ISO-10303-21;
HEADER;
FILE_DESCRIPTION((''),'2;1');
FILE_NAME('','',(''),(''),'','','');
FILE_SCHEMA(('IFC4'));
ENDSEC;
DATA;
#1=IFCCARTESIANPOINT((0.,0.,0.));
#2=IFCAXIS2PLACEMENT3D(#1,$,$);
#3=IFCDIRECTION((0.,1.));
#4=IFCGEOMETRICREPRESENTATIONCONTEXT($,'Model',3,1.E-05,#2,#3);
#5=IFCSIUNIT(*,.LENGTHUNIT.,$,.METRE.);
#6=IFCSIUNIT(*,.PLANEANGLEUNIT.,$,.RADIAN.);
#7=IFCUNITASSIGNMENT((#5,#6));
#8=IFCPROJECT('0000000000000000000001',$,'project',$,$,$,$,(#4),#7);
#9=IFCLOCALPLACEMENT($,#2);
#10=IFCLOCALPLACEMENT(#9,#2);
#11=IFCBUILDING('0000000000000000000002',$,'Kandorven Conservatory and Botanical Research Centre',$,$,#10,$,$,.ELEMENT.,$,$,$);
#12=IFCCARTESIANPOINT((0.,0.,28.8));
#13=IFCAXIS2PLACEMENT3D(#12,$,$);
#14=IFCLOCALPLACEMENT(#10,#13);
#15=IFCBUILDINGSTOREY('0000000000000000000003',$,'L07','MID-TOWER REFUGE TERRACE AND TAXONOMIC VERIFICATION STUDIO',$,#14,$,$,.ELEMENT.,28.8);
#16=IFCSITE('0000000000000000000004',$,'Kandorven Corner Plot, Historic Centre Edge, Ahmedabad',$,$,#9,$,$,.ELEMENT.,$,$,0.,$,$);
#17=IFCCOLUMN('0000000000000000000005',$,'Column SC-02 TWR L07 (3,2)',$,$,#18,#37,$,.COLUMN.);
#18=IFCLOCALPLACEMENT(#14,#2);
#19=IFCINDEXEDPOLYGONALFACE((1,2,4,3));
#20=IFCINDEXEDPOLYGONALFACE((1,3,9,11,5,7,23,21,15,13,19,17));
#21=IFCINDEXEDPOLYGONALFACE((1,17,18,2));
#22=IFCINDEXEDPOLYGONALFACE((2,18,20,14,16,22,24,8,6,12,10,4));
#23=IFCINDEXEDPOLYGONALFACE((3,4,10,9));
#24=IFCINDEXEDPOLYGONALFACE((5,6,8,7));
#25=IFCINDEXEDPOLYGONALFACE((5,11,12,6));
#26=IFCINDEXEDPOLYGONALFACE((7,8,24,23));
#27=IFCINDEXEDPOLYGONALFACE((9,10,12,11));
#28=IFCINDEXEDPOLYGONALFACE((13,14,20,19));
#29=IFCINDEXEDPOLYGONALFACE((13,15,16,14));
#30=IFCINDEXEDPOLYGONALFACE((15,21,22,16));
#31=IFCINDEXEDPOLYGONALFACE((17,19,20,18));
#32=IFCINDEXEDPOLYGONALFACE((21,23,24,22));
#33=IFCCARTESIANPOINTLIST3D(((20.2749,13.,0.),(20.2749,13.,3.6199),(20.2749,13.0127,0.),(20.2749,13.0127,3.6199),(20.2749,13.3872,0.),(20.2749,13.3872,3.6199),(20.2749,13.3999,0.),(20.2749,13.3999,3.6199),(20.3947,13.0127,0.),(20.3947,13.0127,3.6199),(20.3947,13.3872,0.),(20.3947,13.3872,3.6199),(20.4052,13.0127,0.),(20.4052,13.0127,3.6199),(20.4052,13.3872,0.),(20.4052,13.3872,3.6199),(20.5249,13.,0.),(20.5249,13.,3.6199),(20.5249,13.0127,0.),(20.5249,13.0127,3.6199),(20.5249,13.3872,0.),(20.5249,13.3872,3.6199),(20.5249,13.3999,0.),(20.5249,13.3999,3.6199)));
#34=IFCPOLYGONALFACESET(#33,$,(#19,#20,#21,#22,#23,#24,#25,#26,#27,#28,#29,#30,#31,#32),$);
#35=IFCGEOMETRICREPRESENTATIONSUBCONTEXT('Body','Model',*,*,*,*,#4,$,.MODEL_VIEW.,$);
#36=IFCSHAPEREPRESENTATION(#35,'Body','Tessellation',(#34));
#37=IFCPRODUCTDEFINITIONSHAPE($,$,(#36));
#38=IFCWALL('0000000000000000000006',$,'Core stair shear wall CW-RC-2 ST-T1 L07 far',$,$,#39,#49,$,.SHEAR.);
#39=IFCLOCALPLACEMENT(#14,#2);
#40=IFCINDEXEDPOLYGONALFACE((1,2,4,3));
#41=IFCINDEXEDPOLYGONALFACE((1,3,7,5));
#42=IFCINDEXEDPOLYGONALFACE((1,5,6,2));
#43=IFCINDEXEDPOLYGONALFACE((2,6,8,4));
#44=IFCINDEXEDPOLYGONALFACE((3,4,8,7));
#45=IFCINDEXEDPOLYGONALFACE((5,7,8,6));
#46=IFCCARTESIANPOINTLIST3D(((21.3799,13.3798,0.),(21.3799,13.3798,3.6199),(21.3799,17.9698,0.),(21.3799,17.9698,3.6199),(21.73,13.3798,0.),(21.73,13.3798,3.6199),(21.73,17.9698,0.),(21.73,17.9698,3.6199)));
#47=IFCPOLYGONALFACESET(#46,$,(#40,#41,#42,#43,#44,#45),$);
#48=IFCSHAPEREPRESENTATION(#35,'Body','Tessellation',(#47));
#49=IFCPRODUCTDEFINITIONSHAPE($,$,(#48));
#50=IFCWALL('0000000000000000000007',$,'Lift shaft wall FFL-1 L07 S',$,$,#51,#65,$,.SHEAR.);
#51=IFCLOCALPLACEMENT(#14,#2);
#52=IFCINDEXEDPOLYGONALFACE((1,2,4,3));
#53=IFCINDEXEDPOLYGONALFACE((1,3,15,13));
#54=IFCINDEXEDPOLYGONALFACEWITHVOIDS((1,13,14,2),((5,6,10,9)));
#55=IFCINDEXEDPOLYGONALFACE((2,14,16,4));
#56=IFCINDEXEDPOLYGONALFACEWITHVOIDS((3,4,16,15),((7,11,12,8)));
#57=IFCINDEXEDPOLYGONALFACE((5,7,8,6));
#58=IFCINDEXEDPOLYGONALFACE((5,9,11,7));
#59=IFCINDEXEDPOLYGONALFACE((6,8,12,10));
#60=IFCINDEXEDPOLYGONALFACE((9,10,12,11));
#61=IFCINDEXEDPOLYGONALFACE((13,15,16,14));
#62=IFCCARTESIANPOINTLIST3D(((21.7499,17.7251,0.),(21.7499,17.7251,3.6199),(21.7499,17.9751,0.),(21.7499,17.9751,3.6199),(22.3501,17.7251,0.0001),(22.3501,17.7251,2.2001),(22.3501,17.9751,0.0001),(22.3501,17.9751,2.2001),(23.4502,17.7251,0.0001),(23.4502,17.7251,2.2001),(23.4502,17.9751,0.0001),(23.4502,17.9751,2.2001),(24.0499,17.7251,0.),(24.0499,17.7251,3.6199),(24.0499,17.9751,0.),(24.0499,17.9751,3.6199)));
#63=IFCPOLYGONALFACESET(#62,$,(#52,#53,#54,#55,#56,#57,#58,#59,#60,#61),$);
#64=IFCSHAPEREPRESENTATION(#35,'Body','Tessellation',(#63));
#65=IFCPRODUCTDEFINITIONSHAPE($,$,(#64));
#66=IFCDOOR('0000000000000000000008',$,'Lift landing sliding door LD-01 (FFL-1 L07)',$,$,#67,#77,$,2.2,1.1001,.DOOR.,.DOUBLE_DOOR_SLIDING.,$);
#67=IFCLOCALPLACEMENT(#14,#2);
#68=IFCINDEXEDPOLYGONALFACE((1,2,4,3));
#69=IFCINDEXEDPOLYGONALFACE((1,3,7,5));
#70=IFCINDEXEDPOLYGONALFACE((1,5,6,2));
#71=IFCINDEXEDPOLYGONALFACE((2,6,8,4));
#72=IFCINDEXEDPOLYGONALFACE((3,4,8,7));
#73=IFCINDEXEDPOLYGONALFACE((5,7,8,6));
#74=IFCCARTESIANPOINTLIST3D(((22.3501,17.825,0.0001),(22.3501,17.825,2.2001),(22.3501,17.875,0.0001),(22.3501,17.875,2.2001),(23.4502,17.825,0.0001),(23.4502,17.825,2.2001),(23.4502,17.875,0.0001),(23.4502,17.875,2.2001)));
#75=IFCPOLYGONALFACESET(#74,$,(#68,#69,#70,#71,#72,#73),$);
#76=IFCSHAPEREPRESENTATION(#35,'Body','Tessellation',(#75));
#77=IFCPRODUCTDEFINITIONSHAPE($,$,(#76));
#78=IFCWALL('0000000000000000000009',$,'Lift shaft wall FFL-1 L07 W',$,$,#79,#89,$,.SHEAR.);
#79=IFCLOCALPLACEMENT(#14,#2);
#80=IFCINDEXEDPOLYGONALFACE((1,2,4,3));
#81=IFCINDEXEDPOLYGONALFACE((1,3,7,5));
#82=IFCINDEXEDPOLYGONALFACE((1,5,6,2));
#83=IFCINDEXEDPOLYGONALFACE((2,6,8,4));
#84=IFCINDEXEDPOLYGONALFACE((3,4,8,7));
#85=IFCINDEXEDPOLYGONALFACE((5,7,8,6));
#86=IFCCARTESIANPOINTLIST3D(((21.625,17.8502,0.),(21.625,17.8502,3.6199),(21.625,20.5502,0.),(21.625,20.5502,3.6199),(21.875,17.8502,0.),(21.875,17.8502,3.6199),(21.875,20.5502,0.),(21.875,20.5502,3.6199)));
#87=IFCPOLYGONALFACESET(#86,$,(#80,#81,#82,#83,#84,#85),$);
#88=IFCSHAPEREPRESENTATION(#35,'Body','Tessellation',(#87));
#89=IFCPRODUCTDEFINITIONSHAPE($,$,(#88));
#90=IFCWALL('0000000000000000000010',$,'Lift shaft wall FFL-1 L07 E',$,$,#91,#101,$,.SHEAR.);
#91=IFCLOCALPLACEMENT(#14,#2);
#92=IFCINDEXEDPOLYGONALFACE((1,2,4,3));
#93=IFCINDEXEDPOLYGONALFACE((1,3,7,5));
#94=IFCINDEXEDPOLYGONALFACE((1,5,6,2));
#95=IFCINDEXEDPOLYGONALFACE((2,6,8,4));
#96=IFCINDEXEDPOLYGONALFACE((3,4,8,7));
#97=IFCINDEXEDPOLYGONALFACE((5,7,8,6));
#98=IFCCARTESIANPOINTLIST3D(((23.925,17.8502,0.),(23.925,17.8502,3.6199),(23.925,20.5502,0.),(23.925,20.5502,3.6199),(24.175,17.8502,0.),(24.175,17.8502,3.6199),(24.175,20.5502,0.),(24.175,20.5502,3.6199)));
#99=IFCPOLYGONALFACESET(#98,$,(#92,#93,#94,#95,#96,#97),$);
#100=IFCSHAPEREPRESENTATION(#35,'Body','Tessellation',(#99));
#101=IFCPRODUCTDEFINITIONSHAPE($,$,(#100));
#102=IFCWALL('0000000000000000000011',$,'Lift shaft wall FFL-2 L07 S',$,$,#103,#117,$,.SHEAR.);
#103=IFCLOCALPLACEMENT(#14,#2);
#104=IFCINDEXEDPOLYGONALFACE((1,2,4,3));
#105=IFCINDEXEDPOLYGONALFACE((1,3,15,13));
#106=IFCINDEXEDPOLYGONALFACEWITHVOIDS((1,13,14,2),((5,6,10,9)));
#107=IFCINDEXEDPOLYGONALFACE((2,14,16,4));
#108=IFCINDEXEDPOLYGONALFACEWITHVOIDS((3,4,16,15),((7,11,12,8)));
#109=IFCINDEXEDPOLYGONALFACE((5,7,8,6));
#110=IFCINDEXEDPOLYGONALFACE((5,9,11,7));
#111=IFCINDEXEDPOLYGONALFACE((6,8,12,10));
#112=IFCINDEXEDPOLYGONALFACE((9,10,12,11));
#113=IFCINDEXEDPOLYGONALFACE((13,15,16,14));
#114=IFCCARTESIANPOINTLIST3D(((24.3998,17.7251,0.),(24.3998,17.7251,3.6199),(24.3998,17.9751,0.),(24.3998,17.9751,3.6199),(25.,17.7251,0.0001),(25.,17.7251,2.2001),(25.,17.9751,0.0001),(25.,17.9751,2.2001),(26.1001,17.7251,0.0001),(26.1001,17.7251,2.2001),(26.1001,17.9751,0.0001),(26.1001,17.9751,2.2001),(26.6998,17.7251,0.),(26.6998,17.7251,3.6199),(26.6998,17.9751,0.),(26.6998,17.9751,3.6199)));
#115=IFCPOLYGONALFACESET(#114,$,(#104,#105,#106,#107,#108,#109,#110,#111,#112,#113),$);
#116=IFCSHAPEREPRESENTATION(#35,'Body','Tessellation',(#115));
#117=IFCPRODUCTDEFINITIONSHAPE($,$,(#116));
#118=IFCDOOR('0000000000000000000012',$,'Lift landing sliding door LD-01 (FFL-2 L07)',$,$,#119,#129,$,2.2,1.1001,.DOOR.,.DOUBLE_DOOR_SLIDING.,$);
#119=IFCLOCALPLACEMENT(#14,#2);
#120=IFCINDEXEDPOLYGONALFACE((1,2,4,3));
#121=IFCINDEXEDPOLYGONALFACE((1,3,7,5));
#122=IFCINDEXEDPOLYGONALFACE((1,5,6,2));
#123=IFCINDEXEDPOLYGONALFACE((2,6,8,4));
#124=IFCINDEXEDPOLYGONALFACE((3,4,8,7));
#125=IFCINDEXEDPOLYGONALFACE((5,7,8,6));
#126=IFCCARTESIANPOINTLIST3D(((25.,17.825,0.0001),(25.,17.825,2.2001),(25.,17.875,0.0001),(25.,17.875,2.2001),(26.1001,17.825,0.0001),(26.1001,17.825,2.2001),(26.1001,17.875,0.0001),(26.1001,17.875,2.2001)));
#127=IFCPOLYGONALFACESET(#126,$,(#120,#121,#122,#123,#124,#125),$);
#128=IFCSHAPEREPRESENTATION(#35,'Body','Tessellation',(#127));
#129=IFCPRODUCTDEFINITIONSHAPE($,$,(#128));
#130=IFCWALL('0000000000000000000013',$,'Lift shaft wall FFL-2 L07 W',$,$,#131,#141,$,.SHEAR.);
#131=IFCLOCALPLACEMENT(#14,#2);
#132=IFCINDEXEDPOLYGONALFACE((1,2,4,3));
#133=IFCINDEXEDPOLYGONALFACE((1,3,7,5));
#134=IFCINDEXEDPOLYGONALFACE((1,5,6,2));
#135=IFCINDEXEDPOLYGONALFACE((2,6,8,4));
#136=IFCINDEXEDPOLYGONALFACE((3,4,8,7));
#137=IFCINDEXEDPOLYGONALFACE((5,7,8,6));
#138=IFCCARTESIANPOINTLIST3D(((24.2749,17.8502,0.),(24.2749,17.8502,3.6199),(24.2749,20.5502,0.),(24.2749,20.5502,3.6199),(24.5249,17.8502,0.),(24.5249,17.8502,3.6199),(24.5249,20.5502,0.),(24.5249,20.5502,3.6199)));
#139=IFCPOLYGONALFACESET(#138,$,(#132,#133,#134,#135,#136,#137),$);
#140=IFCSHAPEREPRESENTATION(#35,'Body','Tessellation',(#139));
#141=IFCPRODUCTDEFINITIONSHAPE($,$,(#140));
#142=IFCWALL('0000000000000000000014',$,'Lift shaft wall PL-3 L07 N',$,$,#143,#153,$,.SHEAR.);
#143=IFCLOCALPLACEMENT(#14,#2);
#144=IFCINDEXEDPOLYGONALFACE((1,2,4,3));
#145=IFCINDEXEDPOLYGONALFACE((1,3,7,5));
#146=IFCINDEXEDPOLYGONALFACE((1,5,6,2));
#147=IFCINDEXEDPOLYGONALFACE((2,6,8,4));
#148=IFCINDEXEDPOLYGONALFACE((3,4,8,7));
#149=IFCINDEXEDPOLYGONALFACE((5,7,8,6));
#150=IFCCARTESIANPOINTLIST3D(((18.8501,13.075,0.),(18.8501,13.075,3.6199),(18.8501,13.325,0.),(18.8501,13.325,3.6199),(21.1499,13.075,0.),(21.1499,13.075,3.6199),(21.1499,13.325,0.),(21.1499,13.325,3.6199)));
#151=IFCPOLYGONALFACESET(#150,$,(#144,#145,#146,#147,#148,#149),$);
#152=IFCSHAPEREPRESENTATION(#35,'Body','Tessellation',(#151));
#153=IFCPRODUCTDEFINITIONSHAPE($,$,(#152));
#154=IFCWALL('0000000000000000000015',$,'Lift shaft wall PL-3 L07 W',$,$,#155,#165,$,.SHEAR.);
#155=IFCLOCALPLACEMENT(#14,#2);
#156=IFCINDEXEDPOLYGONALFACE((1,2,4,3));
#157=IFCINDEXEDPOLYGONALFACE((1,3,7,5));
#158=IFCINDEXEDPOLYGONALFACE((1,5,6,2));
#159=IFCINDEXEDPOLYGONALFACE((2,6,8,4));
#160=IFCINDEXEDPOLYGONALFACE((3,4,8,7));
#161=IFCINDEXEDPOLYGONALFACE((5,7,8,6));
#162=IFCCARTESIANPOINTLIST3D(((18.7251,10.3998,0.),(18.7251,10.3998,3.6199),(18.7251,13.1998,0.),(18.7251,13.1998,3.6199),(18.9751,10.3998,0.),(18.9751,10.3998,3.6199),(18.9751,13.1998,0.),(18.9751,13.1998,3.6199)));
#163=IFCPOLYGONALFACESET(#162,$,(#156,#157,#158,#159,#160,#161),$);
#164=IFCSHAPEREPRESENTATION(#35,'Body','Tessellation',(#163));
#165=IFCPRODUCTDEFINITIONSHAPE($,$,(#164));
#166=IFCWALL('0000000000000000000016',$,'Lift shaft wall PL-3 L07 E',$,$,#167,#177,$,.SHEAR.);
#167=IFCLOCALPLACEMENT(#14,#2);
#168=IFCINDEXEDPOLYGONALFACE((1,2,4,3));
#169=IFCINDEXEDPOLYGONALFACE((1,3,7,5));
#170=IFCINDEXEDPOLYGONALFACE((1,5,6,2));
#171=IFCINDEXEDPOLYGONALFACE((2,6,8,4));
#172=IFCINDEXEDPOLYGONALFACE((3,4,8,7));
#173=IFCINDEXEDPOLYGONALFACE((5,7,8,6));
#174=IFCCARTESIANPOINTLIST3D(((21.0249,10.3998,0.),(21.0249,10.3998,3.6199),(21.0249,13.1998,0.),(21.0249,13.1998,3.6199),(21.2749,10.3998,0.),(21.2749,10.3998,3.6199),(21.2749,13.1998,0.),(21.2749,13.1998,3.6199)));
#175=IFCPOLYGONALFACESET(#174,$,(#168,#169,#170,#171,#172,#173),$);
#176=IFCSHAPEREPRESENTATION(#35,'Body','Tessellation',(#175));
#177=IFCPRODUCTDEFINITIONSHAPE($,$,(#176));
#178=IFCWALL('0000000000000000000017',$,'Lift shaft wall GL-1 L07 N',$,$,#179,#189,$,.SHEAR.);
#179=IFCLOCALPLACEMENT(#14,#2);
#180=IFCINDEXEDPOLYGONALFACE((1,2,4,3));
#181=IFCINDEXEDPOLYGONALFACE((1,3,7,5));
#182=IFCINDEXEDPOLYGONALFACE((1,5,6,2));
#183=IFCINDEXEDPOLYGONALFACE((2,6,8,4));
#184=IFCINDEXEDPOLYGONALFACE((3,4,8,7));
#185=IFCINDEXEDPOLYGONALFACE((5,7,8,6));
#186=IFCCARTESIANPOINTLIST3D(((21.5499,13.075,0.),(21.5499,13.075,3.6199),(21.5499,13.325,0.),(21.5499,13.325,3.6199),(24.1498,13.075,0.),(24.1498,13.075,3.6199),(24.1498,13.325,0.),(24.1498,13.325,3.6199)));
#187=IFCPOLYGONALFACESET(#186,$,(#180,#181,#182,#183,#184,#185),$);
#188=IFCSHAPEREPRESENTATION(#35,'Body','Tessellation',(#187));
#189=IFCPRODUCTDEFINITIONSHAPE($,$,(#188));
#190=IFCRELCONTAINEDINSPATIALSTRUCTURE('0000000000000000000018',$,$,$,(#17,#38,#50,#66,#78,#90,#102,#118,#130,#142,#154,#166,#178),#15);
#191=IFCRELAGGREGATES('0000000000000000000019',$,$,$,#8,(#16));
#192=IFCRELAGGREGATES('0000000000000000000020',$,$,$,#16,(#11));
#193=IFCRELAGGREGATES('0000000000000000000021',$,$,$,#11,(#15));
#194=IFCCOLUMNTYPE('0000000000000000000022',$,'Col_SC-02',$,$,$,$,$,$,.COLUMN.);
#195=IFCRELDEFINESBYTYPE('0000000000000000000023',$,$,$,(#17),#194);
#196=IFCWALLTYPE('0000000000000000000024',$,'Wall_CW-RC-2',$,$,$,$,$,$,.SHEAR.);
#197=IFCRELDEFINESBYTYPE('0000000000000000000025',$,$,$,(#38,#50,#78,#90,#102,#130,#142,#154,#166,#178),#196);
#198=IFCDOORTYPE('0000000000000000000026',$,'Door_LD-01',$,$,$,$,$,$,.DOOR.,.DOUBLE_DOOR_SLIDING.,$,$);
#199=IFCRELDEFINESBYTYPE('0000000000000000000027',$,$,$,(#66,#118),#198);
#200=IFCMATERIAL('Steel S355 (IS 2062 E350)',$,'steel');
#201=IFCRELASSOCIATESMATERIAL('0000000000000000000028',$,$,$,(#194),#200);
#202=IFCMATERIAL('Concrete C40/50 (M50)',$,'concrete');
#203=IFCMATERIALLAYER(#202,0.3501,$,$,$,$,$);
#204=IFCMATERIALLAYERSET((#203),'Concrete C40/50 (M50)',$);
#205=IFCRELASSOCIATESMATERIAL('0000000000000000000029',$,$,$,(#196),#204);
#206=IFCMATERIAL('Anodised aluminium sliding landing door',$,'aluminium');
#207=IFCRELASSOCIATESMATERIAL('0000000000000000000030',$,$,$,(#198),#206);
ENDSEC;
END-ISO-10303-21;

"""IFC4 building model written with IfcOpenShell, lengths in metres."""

from ifc_helpers import new_model, si_unit, direction, frame, frame_2d, origin, origin_2d, place, context, subcontext, project, spatial, rectangle, i_section, extrude, material, layer, layer_set, material_profile, profile_set, type_object, element, fill, save


model = new_model("IFC4")

# Units and contexts
model_context = context("Model", 3, precision=1e-05, world=origin(), true_north=direction((0.0, 1.0)))
body_context = subcontext(model_context, "Body", "Model", "MODEL_VIEW")
ifc_project = project(units=[si_unit("LENGTHUNIT", "METRE"), si_unit("PLANEANGLEUNIT", "RADIAN")], contexts=[model_context])

# Site, building, storey
site_placement = place(None, origin())
site = spatial("IfcSite", under=ifc_project, at=site_placement, Name="Kandorven Corner Plot, Historic Centre Edge, Ahmedabad", CompositionType="ELEMENT", RefElevation=0.0)
building_placement = place(site_placement, origin())
building = spatial("IfcBuilding", under=site, at=building_placement, Name="Kandorven Conservatory and Botanical Research Centre", CompositionType="ELEMENT")
storey_placement = place(building_placement, frame((0.0, 0.0, 28.8)))
storey = spatial("IfcBuildingStorey", under=building, at=storey_placement, Name="L07", Description="MID-TOWER REFUGE TERRACE AND TAXONOMIC VERIFICATION STUDIO", CompositionType="ELEMENT", Elevation=28.8)

# Column
ifc_material_1 = material(Name="Steel S355 (IS 2062 E350)", Category="steel")
ifc_material_profile = material_profile(ifc_material_1, i_section(OverallWidth=0.25, OverallDepth=0.3999, WebThickness=0.0105, FlangeThickness=0.0127, at=origin_2d()))
ifc_profile_set = profile_set([ifc_material_profile], Name="Steel S355 (IS 2062 E350)")
column_type = type_object("IfcColumnType", Name="Col_SC-02", PredefinedType="COLUMN", material=ifc_profile_set)
column_placement = place(storey_placement, frame((20.3999, 13.2, 0.0), z_axis=(0.0, 0.0, 1.0), x_axis=(1.0, 0.0, 0.0)))
element("IfcColumn", 1, at=column_placement, inside=storey, type_object=column_type, Name="Column SC-02 TWR L07 (3,2)", PredefinedType="COLUMN", context=body_context, shape_type="SweptSolid", body=[
    extrude(i_section(OverallWidth=0.25, OverallDepth=0.3999, WebThickness=0.0105, FlangeThickness=0.0127, at=origin_2d()), origin(), (0.0, 0.0, 1.0), 3.6199),
])

# Wall
ifc_material_2 = material(Name="Concrete C40/50 (M50)", Category="concrete")
ifc_layer_1 = layer(ifc_material_2, 0.3501)
ifc_layer_set_1 = layer_set([ifc_layer_1], Name="Concrete C40/50 (M50)")
wall_type_1 = type_object("IfcWallType", Name="Wall_CW-RC-2", PredefinedType="SHEAR", material=ifc_layer_set_1)
wall_1_placement = place(storey_placement, frame((21.5549, 13.3799, 0.0), z_axis=(0.0, 0.0, 1.0), x_axis=(0.0, 1.0, 0.0)))
element("IfcWall", 2, at=wall_1_placement, inside=storey, type_object=wall_type_1, Name="Core stair shear wall CW-RC-2 ST-T1 L07 far", PredefinedType="SHEAR", context=body_context, shape_type="SweptSolid", body=[
    extrude(rectangle(XDim=4.5901, YDim=0.3501, at=frame_2d((2.2949, 0.0))), origin(), (0.0, 0.0, 1.0), 3.6199),
])

# Wall, opening, door
wall_2_placement = place(storey_placement, frame((21.75, 17.8501, 0.0), z_axis=(0.0, 0.0, 1.0), x_axis=(1.0, 0.0, 0.0)))
wall_2 = element("IfcWall", 3, at=wall_2_placement, inside=storey, type_object=wall_type_1, Name="Lift shaft wall FFL-1 L07 S", PredefinedType="SHEAR", context=body_context, shape_type="SweptSolid", body=[
    extrude(rectangle(XDim=2.3, YDim=0.25, at=frame_2d((1.1499, 0.0))), origin(), (0.0, 0.0, 1.0), 3.6199),
])
opening_1_placement = place(wall_2_placement, frame((0.6001, 0.0, 0.0)))
opening_1 = element("IfcOpeningElement", 4, at=opening_1_placement, cuts=wall_2, PredefinedType="OPENING", context=body_context, shape_type="SweptSolid", body=[
    extrude(rectangle(XDim=1.1001, YDim=2.2, at=frame_2d((0.55, 1.1001))), frame((0.0, 0.135, 0.0), z_axis=(0.0, -1.0, 0.0), x_axis=(1.0, 0.0, 0.0)), (0.0, 0.0, 1.0), 0.27),
])
ifc_material_3 = material(Name="Anodised aluminium sliding landing door", Category="aluminium")
door_type_1 = type_object("IfcDoorType", Name="Door_LD-01", OperationType="DOUBLE_DOOR_SLIDING", PredefinedType="DOOR", material=ifc_material_3)
door_1_placement = place(opening_1_placement, origin())
door_1 = element("IfcDoor", 5, at=door_1_placement, inside=storey, type_object=door_type_1, Name="Lift landing sliding door LD-01 (FFL-1 L07)", OperationType="DOUBLE_DOOR_SLIDING", OverallHeight=2.2, OverallWidth=1.1001, PredefinedType="DOOR", context=body_context, shape_type="SweptSolid", body=[
    extrude(rectangle(XDim=1.1001, YDim=2.2, at=frame_2d((0.55, 1.1001))), frame((0.0, 0.0249, 0.0), z_axis=(0.0, -1.0, 0.0), x_axis=(1.0, 0.0, 0.0)), (0.0, 0.0, 1.0), 0.05),
])
fill(opening_1, door_1)

# Walls
for number, where, z_axis, x_axis, name in (
    (6, (21.75, 17.8501, 0.0), (0.0, 0.0, 1.0), (0.0, 1.0, 0.0), "Lift shaft wall FFL-1 L07 W"),
    (7, (24.05, 17.8501, 0.0), (0.0, 0.0, 1.0), (0.0, 1.0, 0.0), "Lift shaft wall FFL-1 L07 E"),
):
    element("IfcWall", number, at=place(storey_placement, frame(where, z_axis=z_axis, x_axis=x_axis)), inside=storey, type_object=wall_type_1, Name=name, PredefinedType="SHEAR", context=body_context, shape_type="SweptSolid", body=[
        extrude(rectangle(XDim=2.7, YDim=0.25, at=frame_2d((1.3501, 0.0))), origin(), (0.0, 0.0, 1.0), 3.6199),
    ])

# Wall, opening, door
wall_3_placement = place(storey_placement, frame((24.3999, 17.8501, 0.0), z_axis=(0.0, 0.0, 1.0), x_axis=(1.0, 0.0, 0.0)))
wall_3 = element("IfcWall", 8, at=wall_3_placement, inside=storey, type_object=wall_type_1, Name="Lift shaft wall FFL-2 L07 S", PredefinedType="SHEAR", context=body_context, shape_type="SweptSolid", body=[
    extrude(rectangle(XDim=2.3, YDim=0.25, at=frame_2d((1.1499, 0.0))), origin(), (0.0, 0.0, 1.0), 3.6199),
])
opening_2_placement = place(wall_3_placement, frame((0.6001, 0.0, 0.0)))
opening_2 = element("IfcOpeningElement", 9, at=opening_2_placement, cuts=wall_3, PredefinedType="OPENING", context=body_context, shape_type="SweptSolid", body=[
    extrude(rectangle(XDim=1.1001, YDim=2.2, at=frame_2d((0.55, 1.1001))), frame((0.0, 0.135, 0.0), z_axis=(0.0, -1.0, 0.0), x_axis=(1.0, 0.0, 0.0)), (0.0, 0.0, 1.0), 0.27),
])
door_2_placement = place(opening_2_placement, origin())
door_2 = element("IfcDoor", 10, at=door_2_placement, inside=storey, type_object=door_type_1, Name="Lift landing sliding door LD-01 (FFL-2 L07)", OperationType="DOUBLE_DOOR_SLIDING", OverallHeight=2.2, OverallWidth=1.1001, PredefinedType="DOOR", context=body_context, shape_type="SweptSolid", body=[
    extrude(rectangle(XDim=1.1001, YDim=2.2, at=frame_2d((0.55, 1.1001))), frame((0.0, 0.0249, 0.0), z_axis=(0.0, -1.0, 0.0), x_axis=(1.0, 0.0, 0.0)), (0.0, 0.0, 1.0), 0.05),
])
fill(opening_2, door_2)

# Walls
wall_4_placement = place(storey_placement, frame((24.3999, 17.8501, 0.0), z_axis=(0.0, 0.0, 1.0), x_axis=(0.0, 1.0, 0.0)))
element("IfcWall", 11, at=wall_4_placement, inside=storey, type_object=wall_type_1, Name="Lift shaft wall FFL-2 L07 W", PredefinedType="SHEAR", context=body_context, shape_type="SweptSolid", body=[
    extrude(rectangle(XDim=2.7, YDim=0.25, at=frame_2d((1.3501, 0.0))), origin(), (0.0, 0.0, 1.0), 3.6199),
])
wall_5_placement = place(storey_placement, frame((18.8501, 13.2, 0.0), z_axis=(0.0, 0.0, 1.0), x_axis=(1.0, 0.0, 0.0)))
element("IfcWall", 12, at=wall_5_placement, inside=storey, type_object=wall_type_1, Name="Lift shaft wall PL-3 L07 N", PredefinedType="SHEAR", context=body_context, shape_type="SweptSolid", body=[
    extrude(rectangle(XDim=2.2998, YDim=0.25, at=frame_2d((1.1499, 0.0))), origin(), (0.0, 0.0, 1.0), 3.6199),
])
for number, where, z_axis, x_axis, name in (
    (13, (18.8501, 10.3999, 0.0), (0.0, 0.0, 1.0), (0.0, 1.0, 0.0), "Lift shaft wall PL-3 L07 W"),
    (14, (21.1499, 10.3999, 0.0), (0.0, 0.0, 1.0), (0.0, 1.0, 0.0), "Lift shaft wall PL-3 L07 E"),
):
    element("IfcWall", number, at=place(storey_placement, frame(where, z_axis=z_axis, x_axis=x_axis)), inside=storey, type_object=wall_type_1, Name=name, PredefinedType="SHEAR", context=body_context, shape_type="SweptSolid", body=[
        extrude(rectangle(XDim=2.8, YDim=0.25, at=frame_2d((1.3999, 0.0))), origin(), (0.0, 0.0, 1.0), 3.6199),
    ])
wall_6_placement = place(storey_placement, frame((21.55, 13.2, 0.0), z_axis=(0.0, 0.0, 1.0), x_axis=(1.0, 0.0, 0.0)))
element("IfcWall", 15, at=wall_6_placement, inside=storey, type_object=wall_type_1, Name="Lift shaft wall GL-1 L07 N", PredefinedType="SHEAR", context=body_context, shape_type="SweptSolid", body=[
    extrude(rectangle(XDim=2.5999, YDim=0.25, at=frame_2d((1.2998, 0.0))), origin(), (0.0, 0.0, 1.0), 3.6199),
])

save(model, "model.ifc")
